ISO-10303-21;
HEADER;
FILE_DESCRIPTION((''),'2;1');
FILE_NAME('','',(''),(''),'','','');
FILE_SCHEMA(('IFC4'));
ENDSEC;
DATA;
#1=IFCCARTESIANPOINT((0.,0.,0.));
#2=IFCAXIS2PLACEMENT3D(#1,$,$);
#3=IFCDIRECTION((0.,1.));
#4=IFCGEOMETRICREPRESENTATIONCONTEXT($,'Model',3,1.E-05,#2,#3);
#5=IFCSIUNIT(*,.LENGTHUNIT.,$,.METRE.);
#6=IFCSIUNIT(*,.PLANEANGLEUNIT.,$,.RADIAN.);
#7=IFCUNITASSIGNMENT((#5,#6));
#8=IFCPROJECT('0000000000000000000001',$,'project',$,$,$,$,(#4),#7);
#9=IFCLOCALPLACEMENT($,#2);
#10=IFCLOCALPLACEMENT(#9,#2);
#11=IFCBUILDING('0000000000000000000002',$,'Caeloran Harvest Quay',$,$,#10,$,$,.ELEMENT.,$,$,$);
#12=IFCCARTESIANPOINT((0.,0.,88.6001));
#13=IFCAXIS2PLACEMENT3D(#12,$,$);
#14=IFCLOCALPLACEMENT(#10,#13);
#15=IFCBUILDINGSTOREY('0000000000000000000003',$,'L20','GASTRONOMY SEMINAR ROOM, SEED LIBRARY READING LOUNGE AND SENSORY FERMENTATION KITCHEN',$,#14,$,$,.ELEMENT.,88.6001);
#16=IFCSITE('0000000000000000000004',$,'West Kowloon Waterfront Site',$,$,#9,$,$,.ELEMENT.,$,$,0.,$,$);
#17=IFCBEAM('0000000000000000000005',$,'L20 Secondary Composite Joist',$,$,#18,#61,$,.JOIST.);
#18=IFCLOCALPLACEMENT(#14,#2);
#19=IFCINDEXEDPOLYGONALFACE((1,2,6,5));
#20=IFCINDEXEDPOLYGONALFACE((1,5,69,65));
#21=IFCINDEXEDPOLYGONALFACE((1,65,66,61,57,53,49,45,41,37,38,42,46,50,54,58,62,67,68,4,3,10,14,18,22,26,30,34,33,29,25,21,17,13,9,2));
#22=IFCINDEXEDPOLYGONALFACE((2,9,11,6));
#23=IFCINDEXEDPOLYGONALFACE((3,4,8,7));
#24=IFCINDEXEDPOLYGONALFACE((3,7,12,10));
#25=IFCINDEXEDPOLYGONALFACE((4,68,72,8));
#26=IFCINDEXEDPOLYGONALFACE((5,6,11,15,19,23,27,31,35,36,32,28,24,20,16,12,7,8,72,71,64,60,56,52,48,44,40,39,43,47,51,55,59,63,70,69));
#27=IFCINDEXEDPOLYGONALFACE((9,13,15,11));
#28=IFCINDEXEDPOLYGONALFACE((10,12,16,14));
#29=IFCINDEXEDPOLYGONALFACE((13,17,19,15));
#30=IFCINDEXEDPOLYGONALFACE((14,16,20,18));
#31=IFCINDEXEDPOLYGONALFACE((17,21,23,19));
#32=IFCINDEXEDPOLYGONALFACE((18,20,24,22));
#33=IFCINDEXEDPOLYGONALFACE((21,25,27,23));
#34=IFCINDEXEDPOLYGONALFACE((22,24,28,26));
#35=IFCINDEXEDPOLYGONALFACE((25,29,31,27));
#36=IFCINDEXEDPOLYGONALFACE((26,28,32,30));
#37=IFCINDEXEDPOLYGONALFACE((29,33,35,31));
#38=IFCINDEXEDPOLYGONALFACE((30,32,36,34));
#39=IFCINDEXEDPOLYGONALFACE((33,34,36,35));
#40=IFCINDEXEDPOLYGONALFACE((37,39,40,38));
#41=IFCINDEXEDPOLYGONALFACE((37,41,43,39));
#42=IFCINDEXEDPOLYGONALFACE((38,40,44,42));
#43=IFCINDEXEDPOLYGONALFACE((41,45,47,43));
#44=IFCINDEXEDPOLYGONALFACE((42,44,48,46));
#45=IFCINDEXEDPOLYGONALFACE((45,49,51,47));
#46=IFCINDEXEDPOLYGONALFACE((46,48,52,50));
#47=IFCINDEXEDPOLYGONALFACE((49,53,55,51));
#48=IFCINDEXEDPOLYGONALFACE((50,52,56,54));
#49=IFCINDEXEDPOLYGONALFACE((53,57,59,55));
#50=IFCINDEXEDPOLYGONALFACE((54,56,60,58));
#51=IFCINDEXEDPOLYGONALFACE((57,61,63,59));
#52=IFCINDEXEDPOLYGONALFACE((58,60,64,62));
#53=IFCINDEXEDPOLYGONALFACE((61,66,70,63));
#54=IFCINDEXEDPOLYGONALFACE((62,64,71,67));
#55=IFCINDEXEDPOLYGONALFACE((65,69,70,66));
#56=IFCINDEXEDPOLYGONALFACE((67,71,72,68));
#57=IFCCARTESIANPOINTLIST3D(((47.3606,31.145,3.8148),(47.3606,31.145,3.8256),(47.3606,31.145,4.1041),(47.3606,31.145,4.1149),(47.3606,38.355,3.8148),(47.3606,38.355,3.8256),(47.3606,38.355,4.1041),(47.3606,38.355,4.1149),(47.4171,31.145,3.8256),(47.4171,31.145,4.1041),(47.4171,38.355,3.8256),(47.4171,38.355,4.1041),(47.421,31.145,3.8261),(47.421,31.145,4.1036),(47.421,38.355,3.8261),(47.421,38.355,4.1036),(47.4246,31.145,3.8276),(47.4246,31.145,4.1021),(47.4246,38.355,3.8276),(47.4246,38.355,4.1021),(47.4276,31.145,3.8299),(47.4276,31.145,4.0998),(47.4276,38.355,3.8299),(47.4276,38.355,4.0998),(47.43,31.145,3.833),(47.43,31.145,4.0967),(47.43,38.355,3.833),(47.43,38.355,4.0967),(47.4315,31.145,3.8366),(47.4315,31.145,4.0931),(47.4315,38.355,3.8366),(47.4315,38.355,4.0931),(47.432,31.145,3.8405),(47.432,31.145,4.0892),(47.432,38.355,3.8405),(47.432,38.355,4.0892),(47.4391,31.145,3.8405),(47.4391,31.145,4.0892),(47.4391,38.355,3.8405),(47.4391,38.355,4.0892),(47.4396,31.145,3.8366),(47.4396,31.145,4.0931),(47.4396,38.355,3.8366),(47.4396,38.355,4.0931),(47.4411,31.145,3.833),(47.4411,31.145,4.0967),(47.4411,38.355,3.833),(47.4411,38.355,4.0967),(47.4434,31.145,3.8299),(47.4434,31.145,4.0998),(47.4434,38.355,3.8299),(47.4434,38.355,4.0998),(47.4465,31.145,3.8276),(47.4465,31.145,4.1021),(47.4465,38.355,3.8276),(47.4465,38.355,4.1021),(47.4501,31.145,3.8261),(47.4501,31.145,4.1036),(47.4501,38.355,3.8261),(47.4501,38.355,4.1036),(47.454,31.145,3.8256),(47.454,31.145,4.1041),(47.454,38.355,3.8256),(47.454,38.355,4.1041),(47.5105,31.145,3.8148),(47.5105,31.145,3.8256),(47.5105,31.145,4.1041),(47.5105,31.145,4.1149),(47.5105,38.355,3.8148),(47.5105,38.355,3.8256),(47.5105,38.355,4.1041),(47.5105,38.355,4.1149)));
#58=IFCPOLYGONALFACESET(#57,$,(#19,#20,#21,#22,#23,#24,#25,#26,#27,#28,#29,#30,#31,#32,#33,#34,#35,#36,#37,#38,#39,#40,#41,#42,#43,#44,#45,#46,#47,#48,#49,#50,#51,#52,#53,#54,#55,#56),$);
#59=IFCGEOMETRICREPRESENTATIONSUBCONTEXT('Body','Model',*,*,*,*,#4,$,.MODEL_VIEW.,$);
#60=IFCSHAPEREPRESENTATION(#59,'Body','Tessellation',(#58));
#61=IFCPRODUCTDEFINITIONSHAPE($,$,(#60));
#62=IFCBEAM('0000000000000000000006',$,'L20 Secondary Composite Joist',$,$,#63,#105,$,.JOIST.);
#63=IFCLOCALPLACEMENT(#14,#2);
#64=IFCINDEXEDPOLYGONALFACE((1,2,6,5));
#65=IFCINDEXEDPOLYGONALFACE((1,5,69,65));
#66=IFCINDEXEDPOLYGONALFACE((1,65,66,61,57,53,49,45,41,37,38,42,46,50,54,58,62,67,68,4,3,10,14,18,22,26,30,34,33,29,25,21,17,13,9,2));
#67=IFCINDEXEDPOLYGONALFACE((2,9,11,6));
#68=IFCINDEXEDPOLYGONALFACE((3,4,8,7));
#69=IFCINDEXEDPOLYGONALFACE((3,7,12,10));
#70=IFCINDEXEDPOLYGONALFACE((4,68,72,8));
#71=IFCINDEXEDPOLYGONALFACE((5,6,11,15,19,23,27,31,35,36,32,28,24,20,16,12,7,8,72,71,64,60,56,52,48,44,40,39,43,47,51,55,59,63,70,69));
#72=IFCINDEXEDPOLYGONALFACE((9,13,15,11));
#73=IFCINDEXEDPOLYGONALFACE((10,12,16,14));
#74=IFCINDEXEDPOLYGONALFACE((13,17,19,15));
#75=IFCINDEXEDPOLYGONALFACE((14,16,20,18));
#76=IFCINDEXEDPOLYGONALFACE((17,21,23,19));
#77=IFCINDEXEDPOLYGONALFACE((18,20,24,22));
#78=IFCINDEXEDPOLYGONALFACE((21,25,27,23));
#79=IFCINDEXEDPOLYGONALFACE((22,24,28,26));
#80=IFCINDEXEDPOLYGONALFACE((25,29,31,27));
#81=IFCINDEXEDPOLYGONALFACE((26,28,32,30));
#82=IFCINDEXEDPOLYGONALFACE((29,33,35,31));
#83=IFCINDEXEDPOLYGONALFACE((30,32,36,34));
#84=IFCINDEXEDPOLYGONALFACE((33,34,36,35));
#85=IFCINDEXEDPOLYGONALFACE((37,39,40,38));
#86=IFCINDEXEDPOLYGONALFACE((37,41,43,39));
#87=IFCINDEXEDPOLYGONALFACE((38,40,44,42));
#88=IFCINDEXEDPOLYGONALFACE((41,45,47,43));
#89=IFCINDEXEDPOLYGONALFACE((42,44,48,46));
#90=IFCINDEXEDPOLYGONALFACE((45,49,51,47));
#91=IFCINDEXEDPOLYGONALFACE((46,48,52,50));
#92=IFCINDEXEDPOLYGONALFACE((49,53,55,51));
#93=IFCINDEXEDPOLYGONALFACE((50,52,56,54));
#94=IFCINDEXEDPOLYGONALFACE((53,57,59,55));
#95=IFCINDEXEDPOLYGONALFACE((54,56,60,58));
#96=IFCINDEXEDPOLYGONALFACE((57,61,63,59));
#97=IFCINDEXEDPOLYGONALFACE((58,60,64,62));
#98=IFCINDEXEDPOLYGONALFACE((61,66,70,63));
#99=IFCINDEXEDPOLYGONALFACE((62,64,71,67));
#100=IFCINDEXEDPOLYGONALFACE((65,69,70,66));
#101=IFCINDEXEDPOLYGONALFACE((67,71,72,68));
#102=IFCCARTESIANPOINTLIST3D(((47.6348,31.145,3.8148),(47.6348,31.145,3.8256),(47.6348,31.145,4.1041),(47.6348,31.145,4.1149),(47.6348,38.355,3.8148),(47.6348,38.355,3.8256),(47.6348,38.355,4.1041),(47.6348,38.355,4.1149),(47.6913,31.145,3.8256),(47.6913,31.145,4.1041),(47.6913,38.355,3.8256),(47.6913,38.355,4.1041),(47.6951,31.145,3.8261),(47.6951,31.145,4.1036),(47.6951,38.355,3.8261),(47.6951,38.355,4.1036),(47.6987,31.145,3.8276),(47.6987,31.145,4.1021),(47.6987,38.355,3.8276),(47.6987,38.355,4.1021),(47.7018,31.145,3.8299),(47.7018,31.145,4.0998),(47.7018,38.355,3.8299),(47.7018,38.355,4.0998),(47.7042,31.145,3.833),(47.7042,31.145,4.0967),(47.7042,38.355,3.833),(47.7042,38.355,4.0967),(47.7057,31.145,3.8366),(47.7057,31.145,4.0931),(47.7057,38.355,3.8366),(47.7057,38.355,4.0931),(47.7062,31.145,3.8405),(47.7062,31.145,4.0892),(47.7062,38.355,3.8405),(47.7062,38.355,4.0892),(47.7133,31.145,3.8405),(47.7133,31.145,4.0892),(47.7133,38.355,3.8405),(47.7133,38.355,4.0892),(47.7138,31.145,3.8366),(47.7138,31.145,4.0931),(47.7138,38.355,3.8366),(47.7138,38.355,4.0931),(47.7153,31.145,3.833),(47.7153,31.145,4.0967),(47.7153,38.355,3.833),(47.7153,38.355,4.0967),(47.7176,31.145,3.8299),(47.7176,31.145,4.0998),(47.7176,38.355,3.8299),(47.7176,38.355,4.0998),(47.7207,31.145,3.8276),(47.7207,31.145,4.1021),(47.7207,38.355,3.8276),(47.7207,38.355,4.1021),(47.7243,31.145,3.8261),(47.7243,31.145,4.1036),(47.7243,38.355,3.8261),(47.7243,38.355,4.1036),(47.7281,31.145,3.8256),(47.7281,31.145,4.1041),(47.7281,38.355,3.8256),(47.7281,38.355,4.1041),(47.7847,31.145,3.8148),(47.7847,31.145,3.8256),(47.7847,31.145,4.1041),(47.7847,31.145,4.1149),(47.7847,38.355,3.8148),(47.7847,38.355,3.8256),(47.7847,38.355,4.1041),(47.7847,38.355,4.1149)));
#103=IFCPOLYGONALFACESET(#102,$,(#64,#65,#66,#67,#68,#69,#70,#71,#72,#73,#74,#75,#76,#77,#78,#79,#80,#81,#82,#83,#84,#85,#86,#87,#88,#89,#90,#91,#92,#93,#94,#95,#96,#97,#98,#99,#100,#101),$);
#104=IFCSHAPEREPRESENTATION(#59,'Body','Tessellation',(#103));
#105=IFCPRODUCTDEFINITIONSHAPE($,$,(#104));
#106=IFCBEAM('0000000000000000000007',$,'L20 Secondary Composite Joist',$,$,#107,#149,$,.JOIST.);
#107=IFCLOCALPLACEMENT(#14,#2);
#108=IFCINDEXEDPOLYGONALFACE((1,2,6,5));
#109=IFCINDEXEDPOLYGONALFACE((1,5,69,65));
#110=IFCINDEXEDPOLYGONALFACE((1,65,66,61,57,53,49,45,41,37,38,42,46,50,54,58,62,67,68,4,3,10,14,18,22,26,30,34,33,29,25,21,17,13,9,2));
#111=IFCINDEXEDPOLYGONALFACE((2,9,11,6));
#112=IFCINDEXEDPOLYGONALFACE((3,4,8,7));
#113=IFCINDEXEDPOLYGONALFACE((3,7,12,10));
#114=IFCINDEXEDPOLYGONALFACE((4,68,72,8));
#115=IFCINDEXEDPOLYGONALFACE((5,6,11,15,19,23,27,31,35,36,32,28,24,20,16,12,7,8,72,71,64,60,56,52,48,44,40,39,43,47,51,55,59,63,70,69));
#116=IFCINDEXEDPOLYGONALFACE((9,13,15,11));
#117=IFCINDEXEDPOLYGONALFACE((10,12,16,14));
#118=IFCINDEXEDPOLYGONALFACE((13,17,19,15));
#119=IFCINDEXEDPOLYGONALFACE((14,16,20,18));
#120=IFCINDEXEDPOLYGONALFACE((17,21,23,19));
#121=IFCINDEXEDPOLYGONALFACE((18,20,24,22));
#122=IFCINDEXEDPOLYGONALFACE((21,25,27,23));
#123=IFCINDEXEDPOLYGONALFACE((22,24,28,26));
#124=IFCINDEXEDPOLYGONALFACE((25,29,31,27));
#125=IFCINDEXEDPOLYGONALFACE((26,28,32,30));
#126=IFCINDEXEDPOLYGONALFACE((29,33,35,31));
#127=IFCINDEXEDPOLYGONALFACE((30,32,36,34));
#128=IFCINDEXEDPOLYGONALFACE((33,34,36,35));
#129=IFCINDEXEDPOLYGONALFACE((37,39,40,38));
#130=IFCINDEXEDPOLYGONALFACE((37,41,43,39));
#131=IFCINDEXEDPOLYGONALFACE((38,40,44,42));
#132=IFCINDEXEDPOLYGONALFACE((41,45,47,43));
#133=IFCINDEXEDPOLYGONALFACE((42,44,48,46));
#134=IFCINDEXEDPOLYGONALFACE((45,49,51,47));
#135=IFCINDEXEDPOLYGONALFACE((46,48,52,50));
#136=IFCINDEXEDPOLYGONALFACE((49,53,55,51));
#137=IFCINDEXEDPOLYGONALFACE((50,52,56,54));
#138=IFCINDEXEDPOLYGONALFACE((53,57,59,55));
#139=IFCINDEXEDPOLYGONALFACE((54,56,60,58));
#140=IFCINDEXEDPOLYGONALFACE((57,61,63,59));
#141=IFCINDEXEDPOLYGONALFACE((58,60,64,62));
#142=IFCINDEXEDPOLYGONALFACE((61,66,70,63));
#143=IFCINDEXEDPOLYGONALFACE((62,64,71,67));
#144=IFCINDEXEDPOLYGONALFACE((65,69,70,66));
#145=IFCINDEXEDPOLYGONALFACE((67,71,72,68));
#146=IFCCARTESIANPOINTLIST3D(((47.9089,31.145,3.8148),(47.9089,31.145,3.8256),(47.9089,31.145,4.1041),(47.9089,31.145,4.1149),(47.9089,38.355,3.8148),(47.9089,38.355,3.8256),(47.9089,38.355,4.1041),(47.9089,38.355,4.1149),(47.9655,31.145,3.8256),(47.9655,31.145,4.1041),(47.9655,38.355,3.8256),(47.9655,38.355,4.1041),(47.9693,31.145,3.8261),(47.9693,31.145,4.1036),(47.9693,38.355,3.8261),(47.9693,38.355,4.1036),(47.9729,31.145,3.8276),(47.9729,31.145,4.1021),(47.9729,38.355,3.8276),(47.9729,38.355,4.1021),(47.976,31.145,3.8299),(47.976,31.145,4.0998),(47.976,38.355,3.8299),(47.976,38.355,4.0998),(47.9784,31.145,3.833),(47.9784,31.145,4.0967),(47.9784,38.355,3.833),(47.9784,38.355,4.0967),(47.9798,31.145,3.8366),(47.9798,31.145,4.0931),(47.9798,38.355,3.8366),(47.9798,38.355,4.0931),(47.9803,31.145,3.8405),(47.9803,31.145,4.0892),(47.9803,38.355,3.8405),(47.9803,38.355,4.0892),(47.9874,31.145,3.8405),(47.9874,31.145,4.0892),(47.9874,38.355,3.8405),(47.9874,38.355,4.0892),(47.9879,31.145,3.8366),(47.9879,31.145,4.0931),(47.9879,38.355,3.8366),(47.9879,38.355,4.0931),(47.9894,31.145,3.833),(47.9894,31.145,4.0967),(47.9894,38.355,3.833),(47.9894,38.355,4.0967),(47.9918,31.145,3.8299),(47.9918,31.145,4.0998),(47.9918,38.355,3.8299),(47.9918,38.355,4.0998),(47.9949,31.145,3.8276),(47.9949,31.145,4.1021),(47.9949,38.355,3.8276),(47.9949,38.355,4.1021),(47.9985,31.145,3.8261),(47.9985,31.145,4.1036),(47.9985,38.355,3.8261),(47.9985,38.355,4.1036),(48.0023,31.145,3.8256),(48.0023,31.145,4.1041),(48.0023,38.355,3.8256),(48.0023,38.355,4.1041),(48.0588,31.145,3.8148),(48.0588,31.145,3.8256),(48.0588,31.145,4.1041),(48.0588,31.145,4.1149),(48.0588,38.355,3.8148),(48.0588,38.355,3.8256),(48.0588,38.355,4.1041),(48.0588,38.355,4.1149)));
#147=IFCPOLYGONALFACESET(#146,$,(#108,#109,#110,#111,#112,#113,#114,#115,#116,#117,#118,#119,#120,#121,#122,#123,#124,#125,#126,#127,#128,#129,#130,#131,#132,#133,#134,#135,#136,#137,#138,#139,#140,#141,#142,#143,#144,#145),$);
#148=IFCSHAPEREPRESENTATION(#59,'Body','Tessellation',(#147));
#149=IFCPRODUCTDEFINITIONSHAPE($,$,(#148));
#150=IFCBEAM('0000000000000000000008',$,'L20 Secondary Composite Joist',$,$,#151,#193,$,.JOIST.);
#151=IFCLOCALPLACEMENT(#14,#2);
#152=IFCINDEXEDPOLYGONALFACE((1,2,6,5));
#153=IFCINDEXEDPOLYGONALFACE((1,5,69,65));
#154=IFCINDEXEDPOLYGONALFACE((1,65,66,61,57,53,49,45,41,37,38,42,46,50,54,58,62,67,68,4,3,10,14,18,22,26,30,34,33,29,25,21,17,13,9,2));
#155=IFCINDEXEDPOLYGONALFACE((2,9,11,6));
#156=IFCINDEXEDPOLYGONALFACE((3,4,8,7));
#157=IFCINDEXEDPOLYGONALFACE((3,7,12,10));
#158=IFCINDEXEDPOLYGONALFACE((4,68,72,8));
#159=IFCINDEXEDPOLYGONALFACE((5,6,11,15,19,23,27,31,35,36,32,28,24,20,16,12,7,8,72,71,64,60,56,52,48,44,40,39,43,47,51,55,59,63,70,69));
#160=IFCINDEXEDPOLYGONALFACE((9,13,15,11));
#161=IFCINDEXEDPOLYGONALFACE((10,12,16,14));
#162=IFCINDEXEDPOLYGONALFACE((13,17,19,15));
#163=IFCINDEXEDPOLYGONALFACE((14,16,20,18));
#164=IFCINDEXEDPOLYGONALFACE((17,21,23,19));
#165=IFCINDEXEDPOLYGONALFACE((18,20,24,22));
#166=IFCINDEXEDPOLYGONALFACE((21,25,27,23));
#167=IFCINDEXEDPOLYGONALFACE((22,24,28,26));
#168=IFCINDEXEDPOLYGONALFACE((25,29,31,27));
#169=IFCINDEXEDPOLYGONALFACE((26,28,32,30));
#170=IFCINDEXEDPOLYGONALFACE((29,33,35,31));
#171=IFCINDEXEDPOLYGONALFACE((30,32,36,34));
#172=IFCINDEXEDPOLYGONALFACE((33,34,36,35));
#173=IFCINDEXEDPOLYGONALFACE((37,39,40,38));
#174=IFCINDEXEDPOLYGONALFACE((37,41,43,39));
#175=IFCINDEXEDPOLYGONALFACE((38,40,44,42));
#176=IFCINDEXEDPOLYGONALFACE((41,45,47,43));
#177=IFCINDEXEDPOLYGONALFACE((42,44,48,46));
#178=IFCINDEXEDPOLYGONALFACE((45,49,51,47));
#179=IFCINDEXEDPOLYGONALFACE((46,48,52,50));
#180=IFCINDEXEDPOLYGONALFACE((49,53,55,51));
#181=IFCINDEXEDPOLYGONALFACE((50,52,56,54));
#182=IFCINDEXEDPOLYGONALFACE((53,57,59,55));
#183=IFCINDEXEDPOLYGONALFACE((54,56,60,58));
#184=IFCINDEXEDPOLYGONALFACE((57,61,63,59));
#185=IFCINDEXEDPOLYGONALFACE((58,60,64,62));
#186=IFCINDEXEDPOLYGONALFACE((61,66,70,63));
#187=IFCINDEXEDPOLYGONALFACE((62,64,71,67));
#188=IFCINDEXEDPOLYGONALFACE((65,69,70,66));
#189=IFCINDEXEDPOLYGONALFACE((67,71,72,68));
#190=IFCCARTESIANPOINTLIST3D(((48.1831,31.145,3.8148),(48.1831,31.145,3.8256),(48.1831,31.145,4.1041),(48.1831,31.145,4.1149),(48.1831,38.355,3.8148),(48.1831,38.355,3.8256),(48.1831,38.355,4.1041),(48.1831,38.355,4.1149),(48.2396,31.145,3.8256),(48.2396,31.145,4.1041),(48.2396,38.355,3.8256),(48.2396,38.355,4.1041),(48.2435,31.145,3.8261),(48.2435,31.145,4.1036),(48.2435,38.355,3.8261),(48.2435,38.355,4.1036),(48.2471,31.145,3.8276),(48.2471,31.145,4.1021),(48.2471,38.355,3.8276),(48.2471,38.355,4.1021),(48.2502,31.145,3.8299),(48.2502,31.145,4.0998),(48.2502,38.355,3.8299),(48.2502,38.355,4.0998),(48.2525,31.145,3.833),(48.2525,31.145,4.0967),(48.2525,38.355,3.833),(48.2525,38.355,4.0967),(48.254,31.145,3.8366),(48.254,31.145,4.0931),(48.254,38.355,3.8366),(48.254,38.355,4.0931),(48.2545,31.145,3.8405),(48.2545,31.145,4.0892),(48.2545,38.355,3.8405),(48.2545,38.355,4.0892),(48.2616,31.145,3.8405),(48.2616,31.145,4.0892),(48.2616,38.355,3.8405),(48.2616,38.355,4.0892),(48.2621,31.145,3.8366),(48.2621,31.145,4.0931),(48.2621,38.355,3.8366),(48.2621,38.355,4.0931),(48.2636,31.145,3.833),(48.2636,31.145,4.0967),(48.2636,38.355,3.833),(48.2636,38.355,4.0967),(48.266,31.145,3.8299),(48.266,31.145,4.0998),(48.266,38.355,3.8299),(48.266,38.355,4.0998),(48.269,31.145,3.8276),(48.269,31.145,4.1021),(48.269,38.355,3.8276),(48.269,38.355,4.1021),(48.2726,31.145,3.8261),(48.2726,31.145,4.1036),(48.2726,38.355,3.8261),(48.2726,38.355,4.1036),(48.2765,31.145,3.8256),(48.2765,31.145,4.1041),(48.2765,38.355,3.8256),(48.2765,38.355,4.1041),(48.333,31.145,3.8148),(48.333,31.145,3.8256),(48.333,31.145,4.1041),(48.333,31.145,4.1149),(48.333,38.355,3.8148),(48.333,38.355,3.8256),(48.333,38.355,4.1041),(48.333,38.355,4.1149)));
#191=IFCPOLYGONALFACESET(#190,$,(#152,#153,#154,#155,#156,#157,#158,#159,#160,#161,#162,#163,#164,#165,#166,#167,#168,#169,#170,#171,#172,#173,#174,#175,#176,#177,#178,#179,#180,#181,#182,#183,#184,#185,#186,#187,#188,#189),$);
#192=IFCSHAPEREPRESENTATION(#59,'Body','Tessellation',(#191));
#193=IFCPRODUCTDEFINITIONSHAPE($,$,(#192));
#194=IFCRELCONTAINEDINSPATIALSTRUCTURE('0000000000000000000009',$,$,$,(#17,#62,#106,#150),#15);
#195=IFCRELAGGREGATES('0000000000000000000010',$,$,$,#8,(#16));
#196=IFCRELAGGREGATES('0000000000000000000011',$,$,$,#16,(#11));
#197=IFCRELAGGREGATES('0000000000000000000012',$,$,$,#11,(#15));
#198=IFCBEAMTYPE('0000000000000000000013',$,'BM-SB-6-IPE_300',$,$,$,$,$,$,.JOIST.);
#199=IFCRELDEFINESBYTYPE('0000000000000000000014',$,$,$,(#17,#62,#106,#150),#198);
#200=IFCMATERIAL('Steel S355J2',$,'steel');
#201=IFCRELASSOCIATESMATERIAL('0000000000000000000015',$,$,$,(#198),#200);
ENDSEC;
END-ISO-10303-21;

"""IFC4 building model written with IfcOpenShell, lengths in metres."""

from ifc_helpers import new_model, si_unit, direction, frame, origin, origin_2d, place, context, subcontext, project, spatial, i_section, extrude, material, material_profile, profile_set, type_object, element, save


model = new_model("IFC4")

# Units and contexts
model_context = context("Model", 3, precision=1e-05, world=origin(), true_north=direction((0.0, 1.0)))
body_context = subcontext(model_context, "Body", "Model", "MODEL_VIEW")
ifc_project = project(units=[si_unit("LENGTHUNIT", "METRE"), si_unit("PLANEANGLEUNIT", "RADIAN")], contexts=[model_context])

# Site, building, storey
site_placement = place(None, origin())
site = spatial("IfcSite", under=ifc_project, at=site_placement, Name="West Kowloon Waterfront Site", CompositionType="ELEMENT", RefElevation=0.0)
building_placement = place(site_placement, origin())
building = spatial("IfcBuilding", under=site, at=building_placement, Name="Caeloran Harvest Quay", CompositionType="ELEMENT")
storey_placement = place(building_placement, frame((0.0, 0.0, 88.6001)))
storey = spatial("IfcBuildingStorey", under=building, at=storey_placement, Name="L20", Description="GASTRONOMY SEMINAR ROOM, SEED LIBRARY READING LOUNGE AND SENSORY FERMENTATION KITCHEN", CompositionType="ELEMENT", Elevation=88.6001)

# Beams
ifc_material_1 = material(Name="Steel S355J2", Category="steel")
ifc_material_profile_1 = material_profile(ifc_material_1, i_section(OverallWidth=0.1499, OverallDepth=0.3, WebThickness=0.0071, FlangeThickness=0.0107, FilletRadius=0.0149, at=origin_2d()), Name="IPE 300")
ifc_profile_set_1 = profile_set([ifc_material_profile_1], Name="Steel S355J2")
beam_type_1 = type_object("IfcBeamType", Name="BM-SB-6-IPE_300", PredefinedType="JOIST", material=ifc_profile_set_1)
for number, where, z_axis, x_axis, name in (
    (1, (47.4355, 31.145, 3.9648), (0.0, 1.0, 0.0), (-1.0, 0.0, 0.0), "L20 Secondary Composite Joist"),
    (2, (47.7097, 31.145, 3.9648), (0.0, 1.0, 0.0), (-1.0, 0.0, 0.0), "L20 Secondary Composite Joist"),
    (3, (47.9839, 31.145, 3.9648), (0.0, 1.0, 0.0), (-1.0, 0.0, 0.0), "L20 Secondary Composite Joist"),
    (4, (48.2581, 31.145, 3.9648), (0.0, 1.0, 0.0), (-1.0, 0.0, 0.0), "L20 Secondary Composite Joist"),
):
    element("IfcBeam", number, at=place(storey_placement, frame(where, z_axis=z_axis, x_axis=x_axis)), inside=storey, type_object=beam_type_1, Name=name, PredefinedType="JOIST", context=body_context, shape_type="SweptSolid", body=[
        extrude(i_section(OverallWidth=0.1499, OverallDepth=0.3, WebThickness=0.0071, FlangeThickness=0.0107, FilletRadius=0.0149, at=origin_2d()), origin(), (0.0, 0.0, 1.0), 7.21),
    ])

save(model, "model.ifc")
